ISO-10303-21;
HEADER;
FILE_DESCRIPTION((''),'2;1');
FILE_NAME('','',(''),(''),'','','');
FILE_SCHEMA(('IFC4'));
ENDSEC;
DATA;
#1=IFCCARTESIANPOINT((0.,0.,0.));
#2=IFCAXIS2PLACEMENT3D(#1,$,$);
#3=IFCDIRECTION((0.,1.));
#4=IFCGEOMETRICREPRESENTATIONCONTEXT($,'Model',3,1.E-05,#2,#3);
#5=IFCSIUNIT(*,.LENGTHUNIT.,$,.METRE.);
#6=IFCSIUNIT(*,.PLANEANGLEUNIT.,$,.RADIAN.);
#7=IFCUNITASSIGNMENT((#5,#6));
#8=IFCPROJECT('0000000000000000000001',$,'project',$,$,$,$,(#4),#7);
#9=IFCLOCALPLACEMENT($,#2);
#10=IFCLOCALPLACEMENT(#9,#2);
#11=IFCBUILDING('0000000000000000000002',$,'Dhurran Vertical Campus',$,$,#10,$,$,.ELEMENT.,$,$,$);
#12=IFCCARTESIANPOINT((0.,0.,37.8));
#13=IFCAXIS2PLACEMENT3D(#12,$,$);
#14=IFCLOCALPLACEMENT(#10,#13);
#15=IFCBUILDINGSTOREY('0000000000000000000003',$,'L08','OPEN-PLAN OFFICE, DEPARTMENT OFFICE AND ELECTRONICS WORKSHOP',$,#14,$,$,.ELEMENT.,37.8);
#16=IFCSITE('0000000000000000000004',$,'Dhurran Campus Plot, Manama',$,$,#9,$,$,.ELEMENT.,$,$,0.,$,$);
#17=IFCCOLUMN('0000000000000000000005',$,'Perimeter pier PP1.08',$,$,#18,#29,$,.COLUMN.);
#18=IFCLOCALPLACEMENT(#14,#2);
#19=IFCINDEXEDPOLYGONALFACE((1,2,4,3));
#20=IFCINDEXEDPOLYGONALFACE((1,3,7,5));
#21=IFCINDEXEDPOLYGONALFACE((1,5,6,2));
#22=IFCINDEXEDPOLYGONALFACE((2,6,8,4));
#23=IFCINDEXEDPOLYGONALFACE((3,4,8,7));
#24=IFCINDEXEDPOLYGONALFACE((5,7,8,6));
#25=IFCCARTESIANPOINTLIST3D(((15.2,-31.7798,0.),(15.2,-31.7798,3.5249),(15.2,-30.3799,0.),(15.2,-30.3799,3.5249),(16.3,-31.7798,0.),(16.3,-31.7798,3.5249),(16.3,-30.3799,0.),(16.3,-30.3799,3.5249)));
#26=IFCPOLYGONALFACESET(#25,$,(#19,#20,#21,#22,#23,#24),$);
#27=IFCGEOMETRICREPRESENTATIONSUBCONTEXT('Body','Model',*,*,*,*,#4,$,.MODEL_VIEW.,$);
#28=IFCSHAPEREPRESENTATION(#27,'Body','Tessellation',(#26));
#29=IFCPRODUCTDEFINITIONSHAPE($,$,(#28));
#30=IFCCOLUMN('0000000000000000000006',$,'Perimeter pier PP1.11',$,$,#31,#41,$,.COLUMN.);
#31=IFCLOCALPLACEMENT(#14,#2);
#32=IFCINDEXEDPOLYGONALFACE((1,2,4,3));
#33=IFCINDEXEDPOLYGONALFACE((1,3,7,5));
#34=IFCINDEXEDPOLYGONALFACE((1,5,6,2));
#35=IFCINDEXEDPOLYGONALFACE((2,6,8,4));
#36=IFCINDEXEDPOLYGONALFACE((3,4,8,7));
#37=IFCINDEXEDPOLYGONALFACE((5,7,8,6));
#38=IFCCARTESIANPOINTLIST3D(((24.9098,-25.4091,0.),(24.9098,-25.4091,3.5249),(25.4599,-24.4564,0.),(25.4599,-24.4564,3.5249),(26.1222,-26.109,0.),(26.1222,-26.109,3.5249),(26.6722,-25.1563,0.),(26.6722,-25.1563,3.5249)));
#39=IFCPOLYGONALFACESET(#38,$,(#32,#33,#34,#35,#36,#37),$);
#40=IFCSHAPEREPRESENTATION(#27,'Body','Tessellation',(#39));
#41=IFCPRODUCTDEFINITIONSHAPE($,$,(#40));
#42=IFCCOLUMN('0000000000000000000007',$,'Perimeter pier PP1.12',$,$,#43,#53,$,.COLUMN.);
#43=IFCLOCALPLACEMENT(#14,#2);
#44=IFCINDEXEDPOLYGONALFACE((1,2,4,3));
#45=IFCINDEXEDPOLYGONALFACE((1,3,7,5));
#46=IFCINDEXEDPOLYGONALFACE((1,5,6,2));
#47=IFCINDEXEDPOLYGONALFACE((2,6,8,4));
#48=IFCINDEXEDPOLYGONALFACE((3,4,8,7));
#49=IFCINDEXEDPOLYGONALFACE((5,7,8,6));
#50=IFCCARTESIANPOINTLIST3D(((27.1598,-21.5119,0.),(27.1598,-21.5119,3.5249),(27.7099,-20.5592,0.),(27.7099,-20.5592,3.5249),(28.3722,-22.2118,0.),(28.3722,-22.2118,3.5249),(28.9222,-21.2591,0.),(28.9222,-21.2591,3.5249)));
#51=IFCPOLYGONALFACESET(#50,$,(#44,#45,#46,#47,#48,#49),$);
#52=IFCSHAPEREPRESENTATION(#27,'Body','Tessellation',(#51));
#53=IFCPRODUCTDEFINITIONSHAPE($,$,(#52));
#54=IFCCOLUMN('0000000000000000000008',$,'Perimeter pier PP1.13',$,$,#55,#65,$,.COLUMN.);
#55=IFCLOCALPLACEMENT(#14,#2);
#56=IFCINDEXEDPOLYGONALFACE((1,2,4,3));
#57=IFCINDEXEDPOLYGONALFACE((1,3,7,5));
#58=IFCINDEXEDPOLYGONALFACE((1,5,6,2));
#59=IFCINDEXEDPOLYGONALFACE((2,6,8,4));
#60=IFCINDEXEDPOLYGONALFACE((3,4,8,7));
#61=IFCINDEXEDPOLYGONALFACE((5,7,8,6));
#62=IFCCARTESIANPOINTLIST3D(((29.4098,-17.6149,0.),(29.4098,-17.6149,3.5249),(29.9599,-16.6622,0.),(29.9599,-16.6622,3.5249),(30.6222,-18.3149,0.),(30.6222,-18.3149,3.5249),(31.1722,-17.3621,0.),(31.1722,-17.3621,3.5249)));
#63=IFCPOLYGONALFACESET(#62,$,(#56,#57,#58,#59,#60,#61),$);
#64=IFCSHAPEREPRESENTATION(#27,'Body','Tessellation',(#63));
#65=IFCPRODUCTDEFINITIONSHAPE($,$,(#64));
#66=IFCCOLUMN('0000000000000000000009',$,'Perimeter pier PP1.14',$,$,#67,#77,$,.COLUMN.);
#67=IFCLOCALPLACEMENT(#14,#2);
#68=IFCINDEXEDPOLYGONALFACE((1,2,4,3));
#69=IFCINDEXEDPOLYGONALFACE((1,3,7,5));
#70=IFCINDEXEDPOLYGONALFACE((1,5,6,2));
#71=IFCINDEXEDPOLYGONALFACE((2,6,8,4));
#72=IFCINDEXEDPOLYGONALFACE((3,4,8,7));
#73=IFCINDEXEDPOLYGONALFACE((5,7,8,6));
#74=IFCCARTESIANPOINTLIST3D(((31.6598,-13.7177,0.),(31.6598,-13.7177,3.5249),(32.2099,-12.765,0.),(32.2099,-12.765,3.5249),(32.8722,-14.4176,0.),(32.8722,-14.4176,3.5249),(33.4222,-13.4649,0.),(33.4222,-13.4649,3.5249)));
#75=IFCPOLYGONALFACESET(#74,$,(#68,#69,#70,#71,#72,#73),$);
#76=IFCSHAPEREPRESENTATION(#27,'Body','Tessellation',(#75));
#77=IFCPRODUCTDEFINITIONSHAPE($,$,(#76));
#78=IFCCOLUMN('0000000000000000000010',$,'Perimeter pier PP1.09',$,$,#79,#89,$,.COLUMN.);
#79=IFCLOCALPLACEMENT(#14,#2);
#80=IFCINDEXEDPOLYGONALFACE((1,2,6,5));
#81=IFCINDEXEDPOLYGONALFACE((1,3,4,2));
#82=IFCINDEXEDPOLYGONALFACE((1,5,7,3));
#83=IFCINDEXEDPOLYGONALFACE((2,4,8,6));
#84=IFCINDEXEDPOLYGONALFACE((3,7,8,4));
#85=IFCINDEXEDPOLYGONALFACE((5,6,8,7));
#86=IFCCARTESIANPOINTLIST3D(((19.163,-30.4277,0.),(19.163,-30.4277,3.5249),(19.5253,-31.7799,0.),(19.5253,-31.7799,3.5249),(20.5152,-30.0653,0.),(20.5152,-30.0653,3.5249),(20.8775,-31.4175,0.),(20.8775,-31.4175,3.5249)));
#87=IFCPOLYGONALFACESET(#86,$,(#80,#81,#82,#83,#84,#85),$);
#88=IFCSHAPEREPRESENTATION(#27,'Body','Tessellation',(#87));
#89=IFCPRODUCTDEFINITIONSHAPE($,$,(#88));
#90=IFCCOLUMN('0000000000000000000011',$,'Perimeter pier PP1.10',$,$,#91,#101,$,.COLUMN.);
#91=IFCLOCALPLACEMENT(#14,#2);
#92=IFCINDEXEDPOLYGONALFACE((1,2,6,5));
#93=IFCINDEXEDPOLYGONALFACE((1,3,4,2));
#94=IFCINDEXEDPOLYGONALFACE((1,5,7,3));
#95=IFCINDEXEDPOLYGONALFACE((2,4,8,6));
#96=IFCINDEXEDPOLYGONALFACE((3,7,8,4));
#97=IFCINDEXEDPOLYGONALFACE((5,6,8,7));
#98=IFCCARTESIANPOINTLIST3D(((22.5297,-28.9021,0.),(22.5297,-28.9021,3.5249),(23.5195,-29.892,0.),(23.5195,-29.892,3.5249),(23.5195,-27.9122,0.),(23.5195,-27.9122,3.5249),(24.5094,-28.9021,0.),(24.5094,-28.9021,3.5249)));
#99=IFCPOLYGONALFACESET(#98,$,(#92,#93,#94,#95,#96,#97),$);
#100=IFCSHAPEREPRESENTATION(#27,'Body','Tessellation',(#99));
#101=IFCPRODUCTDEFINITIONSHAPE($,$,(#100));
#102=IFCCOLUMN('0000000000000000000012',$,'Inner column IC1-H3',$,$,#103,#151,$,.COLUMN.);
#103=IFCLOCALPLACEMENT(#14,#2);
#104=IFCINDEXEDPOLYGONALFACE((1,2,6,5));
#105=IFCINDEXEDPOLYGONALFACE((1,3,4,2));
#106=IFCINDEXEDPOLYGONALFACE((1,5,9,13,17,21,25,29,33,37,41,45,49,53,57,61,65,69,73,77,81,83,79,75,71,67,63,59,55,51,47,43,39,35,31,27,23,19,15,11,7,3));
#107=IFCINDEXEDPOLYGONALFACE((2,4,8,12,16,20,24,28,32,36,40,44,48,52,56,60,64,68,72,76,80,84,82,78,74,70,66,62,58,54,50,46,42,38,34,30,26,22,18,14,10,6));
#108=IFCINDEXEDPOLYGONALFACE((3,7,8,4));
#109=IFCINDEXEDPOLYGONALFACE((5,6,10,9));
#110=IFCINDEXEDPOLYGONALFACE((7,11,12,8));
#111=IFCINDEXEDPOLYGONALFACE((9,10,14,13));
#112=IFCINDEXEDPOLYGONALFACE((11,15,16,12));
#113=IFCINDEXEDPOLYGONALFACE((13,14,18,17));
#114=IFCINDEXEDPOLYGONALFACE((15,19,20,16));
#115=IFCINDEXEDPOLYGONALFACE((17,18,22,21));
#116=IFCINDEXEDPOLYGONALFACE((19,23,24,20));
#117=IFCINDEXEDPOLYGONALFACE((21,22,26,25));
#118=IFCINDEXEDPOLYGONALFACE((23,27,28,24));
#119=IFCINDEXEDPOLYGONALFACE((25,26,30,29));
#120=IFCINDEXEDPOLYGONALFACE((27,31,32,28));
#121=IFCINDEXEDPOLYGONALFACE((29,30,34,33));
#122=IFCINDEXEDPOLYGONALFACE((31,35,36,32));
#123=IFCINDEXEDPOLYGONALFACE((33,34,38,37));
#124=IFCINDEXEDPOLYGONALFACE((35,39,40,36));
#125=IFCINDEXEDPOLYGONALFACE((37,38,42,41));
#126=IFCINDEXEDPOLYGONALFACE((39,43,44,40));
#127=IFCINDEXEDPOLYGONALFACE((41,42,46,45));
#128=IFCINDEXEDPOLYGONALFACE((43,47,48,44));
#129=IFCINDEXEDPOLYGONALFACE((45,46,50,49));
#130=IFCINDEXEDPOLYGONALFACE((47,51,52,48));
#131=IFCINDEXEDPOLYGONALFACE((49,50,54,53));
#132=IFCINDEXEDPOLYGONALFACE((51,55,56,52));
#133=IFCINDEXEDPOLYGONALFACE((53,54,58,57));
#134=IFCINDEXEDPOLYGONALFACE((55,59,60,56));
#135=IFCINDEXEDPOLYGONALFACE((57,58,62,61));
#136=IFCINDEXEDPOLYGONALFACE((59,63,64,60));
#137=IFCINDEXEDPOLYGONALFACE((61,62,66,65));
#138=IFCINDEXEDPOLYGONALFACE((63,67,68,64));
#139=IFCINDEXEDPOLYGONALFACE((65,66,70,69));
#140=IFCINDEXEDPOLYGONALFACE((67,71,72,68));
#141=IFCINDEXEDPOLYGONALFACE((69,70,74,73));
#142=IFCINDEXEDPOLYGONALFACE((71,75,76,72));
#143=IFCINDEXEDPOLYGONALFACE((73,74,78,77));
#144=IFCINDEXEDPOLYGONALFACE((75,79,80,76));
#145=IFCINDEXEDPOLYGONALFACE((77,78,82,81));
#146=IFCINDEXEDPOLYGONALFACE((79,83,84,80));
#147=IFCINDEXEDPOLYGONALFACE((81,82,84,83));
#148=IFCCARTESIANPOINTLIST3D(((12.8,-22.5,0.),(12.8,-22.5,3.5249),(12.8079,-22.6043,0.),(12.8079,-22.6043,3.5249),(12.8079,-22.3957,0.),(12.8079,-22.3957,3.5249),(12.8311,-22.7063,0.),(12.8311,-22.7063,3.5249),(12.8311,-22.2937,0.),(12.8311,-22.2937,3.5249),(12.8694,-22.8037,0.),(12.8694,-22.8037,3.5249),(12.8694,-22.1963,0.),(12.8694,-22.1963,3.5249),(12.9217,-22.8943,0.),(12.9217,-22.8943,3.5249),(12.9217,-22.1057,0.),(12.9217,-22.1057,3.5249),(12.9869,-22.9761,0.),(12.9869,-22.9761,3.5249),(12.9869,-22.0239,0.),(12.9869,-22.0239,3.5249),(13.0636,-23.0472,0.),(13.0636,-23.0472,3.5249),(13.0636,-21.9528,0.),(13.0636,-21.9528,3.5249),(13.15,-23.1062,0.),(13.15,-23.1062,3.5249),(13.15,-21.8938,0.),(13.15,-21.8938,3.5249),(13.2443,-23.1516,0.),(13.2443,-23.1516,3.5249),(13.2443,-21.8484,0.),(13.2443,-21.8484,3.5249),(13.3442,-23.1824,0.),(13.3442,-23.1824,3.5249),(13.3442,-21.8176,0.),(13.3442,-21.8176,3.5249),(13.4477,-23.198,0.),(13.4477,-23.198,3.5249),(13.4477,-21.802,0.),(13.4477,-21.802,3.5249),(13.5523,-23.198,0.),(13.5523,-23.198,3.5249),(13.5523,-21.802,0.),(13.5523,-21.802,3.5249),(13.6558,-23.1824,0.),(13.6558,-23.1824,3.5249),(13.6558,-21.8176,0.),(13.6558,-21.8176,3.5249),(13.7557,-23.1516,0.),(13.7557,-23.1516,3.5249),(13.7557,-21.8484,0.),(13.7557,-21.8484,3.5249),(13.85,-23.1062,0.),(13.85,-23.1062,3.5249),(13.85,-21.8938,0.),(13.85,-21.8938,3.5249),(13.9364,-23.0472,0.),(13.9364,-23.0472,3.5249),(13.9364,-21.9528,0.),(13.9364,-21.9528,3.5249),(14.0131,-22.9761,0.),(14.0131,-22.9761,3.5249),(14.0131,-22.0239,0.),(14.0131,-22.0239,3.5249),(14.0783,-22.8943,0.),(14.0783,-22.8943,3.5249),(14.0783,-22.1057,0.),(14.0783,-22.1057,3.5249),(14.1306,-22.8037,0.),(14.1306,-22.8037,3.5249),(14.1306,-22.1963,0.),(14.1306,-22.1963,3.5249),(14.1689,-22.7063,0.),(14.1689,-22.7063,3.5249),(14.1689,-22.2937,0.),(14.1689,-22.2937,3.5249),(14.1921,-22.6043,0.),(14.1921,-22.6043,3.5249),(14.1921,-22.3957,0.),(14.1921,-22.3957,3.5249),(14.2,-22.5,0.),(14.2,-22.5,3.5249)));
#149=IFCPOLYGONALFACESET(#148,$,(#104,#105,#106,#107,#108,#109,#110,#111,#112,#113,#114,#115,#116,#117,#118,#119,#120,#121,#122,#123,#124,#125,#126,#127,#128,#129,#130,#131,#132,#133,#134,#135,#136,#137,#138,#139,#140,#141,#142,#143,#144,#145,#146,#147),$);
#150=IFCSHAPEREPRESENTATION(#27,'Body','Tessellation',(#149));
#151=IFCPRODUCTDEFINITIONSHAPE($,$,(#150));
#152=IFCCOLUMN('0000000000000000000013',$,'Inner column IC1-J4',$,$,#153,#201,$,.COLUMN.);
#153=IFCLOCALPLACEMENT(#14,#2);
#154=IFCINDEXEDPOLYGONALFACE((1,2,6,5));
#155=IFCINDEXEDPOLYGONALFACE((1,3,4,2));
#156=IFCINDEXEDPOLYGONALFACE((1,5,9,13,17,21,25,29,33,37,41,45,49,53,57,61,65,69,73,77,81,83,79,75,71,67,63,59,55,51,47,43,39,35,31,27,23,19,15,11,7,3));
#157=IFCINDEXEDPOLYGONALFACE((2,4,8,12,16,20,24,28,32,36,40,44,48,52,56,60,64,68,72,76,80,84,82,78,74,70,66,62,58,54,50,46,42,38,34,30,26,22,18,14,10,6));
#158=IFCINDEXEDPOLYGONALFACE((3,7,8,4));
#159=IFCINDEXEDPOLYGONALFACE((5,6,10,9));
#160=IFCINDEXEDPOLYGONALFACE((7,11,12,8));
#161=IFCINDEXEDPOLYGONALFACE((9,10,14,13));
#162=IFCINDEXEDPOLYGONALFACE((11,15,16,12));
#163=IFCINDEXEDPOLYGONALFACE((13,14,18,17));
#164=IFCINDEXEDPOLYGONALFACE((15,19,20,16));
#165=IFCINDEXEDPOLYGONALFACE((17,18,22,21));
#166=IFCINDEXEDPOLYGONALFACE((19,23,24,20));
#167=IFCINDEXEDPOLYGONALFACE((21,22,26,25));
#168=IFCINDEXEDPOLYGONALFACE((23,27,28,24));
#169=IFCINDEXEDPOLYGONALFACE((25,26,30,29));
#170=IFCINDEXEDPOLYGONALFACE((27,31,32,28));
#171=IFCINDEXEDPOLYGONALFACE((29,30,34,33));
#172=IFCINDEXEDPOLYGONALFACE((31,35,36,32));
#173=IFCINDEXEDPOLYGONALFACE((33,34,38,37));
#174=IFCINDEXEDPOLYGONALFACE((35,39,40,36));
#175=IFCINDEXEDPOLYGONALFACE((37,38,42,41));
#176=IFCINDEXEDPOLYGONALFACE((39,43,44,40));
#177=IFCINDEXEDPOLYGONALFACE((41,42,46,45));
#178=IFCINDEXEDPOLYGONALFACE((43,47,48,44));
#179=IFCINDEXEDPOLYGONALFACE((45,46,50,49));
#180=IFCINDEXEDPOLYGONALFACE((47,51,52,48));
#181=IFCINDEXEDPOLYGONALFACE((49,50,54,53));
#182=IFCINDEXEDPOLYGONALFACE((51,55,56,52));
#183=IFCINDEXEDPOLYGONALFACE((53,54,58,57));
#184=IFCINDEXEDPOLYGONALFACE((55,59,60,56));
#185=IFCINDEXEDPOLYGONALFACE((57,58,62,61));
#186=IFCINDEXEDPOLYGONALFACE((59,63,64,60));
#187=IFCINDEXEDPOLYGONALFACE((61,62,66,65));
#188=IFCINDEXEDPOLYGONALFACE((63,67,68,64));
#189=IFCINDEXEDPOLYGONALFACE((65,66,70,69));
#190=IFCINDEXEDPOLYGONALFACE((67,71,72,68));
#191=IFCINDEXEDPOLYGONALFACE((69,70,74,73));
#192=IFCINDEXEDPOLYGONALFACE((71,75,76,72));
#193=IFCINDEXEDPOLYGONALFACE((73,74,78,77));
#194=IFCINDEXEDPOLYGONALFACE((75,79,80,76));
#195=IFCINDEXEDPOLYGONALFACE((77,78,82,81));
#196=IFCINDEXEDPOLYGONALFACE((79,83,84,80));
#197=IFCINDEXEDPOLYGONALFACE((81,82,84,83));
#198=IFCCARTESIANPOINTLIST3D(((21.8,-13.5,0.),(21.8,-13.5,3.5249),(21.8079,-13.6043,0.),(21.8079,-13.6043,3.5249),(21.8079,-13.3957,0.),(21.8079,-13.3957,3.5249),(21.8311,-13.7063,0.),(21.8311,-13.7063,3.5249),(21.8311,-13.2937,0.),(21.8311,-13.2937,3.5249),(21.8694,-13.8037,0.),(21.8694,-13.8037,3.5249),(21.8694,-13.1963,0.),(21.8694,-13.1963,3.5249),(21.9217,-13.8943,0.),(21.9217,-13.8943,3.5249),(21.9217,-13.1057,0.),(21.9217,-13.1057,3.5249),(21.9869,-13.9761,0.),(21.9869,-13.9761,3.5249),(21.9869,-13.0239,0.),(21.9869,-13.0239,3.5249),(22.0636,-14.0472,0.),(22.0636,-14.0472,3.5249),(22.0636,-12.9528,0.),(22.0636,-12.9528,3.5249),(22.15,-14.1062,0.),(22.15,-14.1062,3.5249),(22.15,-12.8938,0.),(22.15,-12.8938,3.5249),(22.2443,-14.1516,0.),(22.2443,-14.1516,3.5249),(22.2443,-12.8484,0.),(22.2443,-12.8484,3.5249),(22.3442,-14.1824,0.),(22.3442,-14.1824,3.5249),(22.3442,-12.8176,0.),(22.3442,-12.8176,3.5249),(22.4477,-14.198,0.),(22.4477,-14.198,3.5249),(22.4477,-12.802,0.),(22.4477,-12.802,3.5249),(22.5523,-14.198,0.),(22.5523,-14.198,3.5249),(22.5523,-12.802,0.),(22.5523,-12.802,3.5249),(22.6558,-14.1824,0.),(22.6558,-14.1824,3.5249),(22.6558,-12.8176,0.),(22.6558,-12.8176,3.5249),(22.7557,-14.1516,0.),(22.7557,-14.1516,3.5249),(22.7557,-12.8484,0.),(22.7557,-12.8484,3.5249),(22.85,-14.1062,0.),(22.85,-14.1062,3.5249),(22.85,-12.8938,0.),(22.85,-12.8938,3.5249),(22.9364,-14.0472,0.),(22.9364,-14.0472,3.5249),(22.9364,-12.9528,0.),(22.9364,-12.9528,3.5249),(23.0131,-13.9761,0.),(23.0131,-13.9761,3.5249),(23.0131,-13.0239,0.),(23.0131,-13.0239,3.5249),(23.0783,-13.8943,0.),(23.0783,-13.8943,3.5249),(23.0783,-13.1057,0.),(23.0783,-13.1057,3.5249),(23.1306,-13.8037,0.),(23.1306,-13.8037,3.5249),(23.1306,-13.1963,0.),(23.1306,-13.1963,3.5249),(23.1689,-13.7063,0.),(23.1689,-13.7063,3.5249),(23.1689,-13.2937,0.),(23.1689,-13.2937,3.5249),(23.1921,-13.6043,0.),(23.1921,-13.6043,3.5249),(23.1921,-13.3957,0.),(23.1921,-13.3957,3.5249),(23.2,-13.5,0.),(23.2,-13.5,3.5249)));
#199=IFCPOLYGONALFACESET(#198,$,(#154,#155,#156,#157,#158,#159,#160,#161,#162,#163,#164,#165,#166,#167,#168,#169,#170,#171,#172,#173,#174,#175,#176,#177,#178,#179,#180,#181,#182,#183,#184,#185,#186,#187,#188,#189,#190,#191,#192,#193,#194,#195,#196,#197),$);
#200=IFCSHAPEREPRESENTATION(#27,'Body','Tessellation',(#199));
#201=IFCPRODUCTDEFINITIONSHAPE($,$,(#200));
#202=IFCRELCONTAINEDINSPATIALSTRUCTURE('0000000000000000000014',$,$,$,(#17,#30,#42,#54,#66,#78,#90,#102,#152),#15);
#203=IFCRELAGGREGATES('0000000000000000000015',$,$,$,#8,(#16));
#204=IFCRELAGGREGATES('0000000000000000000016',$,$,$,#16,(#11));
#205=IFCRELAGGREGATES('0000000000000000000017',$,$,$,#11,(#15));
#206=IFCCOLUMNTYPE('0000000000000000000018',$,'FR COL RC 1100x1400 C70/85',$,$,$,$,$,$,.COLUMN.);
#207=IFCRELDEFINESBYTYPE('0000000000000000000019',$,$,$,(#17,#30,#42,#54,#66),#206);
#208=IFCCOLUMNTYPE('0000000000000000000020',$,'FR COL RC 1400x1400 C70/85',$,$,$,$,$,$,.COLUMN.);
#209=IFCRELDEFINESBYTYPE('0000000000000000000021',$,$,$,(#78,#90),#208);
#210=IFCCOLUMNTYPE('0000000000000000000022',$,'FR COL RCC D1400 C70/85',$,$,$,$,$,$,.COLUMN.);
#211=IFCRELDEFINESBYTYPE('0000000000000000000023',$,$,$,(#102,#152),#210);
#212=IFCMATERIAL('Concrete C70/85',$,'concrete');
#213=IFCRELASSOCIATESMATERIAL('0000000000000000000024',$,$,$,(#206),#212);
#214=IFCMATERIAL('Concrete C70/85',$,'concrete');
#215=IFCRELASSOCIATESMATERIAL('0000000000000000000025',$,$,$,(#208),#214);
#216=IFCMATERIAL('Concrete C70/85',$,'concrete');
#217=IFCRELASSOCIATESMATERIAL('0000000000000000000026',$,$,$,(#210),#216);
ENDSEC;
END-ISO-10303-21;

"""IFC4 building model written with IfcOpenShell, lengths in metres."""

from ifc_helpers import new_model, si_unit, direction, frame, origin, origin_2d, place, context, subcontext, project, spatial, rectangle, circle, extrude, material, material_profile, profile_set, type_object, element, save


model = new_model("IFC4")

# Units and contexts
model_context = context("Model", 3, precision=1e-05, world=origin(), true_north=direction((0.0, 1.0)))
body_context = subcontext(model_context, "Body", "Model", "MODEL_VIEW")
ifc_project = project(units=[si_unit("LENGTHUNIT", "METRE"), si_unit("PLANEANGLEUNIT", "RADIAN")], contexts=[model_context])

# Site, building, storey
site_placement = place(None, origin())
site = spatial("IfcSite", under=ifc_project, at=site_placement, Name="Dhurran Campus Plot, Manama", CompositionType="ELEMENT", RefElevation=0.0)
building_placement = place(site_placement, origin())
building = spatial("IfcBuilding", under=site, at=building_placement, Name="Dhurran Vertical Campus", CompositionType="ELEMENT")
storey_placement = place(building_placement, frame((0.0, 0.0, 37.8)))
storey = spatial("IfcBuildingStorey", under=building, at=storey_placement, Name="L08", Description="OPEN-PLAN OFFICE, DEPARTMENT OFFICE AND ELECTRONICS WORKSHOP", CompositionType="ELEMENT", Elevation=37.8)

# Columns
ifc_material_1 = material(Name="Concrete C70/85", Category="concrete")
ifc_material_profile_1 = material_profile(ifc_material_1, rectangle(XDim=1.1001, YDim=1.3999, at=origin_2d()), Name="RC 1100x1400")
ifc_profile_set_1 = profile_set([ifc_material_profile_1], Name="Concrete C70/85")
column_type_1 = type_object("IfcColumnType", Name="FR COL RC 1100x1400 C70/85", PredefinedType="COLUMN", material=ifc_profile_set_1)
for number, where, z_axis, x_axis, name in (
    (1, (15.75, -31.0798, 0.0), (0.0, 0.0, 1.0), (1.0, 0.0, 0.0), "Perimeter pier PP1.08"),
    (2, (25.791, -25.2827, 0.0), (0.0, 0.0, 1.0), (0.5, 0.866025, 0.0), "Perimeter pier PP1.11"),
    (3, (28.041, -21.3855, 0.0), (0.0, 0.0, 1.0), (0.5, 0.866025, 0.0), "Perimeter pier PP1.12"),
    (4, (30.291, -17.4885, 0.0), (0.0, 0.0, 1.0), (0.5, 0.866025, 0.0), "Perimeter pier PP1.13"),
    (5, (32.541, -13.5913, 0.0), (0.0, 0.0, 1.0), (0.5, 0.866025, 0.0), "Perimeter pier PP1.14"),
):
    element("IfcColumn", number, at=place(storey_placement, frame(where, z_axis=z_axis, x_axis=x_axis)), inside=storey, type_object=column_type_1, Name=name, PredefinedType="COLUMN", context=body_context, shape_type="SweptSolid", body=[
        extrude(rectangle(XDim=1.1001, YDim=1.3999, at=origin_2d()), origin(), (0.0, 0.0, 1.0), 3.5249),
    ])
ifc_material_2 = material(Name="Concrete C70/85", Category="concrete")
ifc_material_profile_2 = material_profile(ifc_material_2, rectangle(XDim=1.3999, YDim=1.3999, at=origin_2d()), Name="RC 1400x1400")
ifc_profile_set_2 = profile_set([ifc_material_profile_2], Name="Concrete C70/85")
column_type_2 = type_object("IfcColumnType", Name="FR COL RC 1400x1400 C70/85", PredefinedType="COLUMN", material=ifc_profile_set_2)
for number, where, z_axis, x_axis, name in (
    (6, (20.0203, -30.9226, 0.0), (0.0, 0.0, 1.0), (0.965926, 0.258819, 0.0), "Perimeter pier PP1.09"),
    (7, (23.5195, -28.9021, 0.0), (0.0, 0.0, 1.0), (0.707107, 0.707107, 0.0), "Perimeter pier PP1.10"),
):
    element("IfcColumn", number, at=place(storey_placement, frame(where, z_axis=z_axis, x_axis=x_axis)), inside=storey, type_object=column_type_2, Name=name, PredefinedType="COLUMN", context=body_context, shape_type="SweptSolid", body=[
        extrude(rectangle(XDim=1.3999, YDim=1.3999, at=origin_2d()), origin(), (0.0, 0.0, 1.0), 3.5249),
    ])
ifc_material_3 = material(Name="Concrete C70/85", Category="concrete")
ifc_material_profile_3 = material_profile(ifc_material_3, circle(Radius=0.7, at=origin_2d()), Name="RCC D1400")
ifc_profile_set_3 = profile_set([ifc_material_profile_3], Name="Concrete C70/85")
column_type_3 = type_object("IfcColumnType", Name="FR COL RCC D1400 C70/85", PredefinedType="COLUMN", material=ifc_profile_set_3)
for number, where, z_axis, x_axis, name in (
    (8, (13.5, -22.5, 0.0), (0.0, 0.0, 1.0), (1.0, 0.0, 0.0), "Inner column IC1-H3"),
    (9, (22.5, -13.5, 0.0), (0.0, 0.0, 1.0), (1.0, 0.0, 0.0), "Inner column IC1-J4"),
):
    element("IfcColumn", number, at=place(storey_placement, frame(where, z_axis=z_axis, x_axis=x_axis)), inside=storey, type_object=column_type_3, Name=name, PredefinedType="COLUMN", context=body_context, shape_type="SweptSolid", body=[
        extrude(circle(Radius=0.7, at=origin_2d()), origin(), (0.0, 0.0, 1.0), 3.5249),
    ])

save(model, "model.ifc")
